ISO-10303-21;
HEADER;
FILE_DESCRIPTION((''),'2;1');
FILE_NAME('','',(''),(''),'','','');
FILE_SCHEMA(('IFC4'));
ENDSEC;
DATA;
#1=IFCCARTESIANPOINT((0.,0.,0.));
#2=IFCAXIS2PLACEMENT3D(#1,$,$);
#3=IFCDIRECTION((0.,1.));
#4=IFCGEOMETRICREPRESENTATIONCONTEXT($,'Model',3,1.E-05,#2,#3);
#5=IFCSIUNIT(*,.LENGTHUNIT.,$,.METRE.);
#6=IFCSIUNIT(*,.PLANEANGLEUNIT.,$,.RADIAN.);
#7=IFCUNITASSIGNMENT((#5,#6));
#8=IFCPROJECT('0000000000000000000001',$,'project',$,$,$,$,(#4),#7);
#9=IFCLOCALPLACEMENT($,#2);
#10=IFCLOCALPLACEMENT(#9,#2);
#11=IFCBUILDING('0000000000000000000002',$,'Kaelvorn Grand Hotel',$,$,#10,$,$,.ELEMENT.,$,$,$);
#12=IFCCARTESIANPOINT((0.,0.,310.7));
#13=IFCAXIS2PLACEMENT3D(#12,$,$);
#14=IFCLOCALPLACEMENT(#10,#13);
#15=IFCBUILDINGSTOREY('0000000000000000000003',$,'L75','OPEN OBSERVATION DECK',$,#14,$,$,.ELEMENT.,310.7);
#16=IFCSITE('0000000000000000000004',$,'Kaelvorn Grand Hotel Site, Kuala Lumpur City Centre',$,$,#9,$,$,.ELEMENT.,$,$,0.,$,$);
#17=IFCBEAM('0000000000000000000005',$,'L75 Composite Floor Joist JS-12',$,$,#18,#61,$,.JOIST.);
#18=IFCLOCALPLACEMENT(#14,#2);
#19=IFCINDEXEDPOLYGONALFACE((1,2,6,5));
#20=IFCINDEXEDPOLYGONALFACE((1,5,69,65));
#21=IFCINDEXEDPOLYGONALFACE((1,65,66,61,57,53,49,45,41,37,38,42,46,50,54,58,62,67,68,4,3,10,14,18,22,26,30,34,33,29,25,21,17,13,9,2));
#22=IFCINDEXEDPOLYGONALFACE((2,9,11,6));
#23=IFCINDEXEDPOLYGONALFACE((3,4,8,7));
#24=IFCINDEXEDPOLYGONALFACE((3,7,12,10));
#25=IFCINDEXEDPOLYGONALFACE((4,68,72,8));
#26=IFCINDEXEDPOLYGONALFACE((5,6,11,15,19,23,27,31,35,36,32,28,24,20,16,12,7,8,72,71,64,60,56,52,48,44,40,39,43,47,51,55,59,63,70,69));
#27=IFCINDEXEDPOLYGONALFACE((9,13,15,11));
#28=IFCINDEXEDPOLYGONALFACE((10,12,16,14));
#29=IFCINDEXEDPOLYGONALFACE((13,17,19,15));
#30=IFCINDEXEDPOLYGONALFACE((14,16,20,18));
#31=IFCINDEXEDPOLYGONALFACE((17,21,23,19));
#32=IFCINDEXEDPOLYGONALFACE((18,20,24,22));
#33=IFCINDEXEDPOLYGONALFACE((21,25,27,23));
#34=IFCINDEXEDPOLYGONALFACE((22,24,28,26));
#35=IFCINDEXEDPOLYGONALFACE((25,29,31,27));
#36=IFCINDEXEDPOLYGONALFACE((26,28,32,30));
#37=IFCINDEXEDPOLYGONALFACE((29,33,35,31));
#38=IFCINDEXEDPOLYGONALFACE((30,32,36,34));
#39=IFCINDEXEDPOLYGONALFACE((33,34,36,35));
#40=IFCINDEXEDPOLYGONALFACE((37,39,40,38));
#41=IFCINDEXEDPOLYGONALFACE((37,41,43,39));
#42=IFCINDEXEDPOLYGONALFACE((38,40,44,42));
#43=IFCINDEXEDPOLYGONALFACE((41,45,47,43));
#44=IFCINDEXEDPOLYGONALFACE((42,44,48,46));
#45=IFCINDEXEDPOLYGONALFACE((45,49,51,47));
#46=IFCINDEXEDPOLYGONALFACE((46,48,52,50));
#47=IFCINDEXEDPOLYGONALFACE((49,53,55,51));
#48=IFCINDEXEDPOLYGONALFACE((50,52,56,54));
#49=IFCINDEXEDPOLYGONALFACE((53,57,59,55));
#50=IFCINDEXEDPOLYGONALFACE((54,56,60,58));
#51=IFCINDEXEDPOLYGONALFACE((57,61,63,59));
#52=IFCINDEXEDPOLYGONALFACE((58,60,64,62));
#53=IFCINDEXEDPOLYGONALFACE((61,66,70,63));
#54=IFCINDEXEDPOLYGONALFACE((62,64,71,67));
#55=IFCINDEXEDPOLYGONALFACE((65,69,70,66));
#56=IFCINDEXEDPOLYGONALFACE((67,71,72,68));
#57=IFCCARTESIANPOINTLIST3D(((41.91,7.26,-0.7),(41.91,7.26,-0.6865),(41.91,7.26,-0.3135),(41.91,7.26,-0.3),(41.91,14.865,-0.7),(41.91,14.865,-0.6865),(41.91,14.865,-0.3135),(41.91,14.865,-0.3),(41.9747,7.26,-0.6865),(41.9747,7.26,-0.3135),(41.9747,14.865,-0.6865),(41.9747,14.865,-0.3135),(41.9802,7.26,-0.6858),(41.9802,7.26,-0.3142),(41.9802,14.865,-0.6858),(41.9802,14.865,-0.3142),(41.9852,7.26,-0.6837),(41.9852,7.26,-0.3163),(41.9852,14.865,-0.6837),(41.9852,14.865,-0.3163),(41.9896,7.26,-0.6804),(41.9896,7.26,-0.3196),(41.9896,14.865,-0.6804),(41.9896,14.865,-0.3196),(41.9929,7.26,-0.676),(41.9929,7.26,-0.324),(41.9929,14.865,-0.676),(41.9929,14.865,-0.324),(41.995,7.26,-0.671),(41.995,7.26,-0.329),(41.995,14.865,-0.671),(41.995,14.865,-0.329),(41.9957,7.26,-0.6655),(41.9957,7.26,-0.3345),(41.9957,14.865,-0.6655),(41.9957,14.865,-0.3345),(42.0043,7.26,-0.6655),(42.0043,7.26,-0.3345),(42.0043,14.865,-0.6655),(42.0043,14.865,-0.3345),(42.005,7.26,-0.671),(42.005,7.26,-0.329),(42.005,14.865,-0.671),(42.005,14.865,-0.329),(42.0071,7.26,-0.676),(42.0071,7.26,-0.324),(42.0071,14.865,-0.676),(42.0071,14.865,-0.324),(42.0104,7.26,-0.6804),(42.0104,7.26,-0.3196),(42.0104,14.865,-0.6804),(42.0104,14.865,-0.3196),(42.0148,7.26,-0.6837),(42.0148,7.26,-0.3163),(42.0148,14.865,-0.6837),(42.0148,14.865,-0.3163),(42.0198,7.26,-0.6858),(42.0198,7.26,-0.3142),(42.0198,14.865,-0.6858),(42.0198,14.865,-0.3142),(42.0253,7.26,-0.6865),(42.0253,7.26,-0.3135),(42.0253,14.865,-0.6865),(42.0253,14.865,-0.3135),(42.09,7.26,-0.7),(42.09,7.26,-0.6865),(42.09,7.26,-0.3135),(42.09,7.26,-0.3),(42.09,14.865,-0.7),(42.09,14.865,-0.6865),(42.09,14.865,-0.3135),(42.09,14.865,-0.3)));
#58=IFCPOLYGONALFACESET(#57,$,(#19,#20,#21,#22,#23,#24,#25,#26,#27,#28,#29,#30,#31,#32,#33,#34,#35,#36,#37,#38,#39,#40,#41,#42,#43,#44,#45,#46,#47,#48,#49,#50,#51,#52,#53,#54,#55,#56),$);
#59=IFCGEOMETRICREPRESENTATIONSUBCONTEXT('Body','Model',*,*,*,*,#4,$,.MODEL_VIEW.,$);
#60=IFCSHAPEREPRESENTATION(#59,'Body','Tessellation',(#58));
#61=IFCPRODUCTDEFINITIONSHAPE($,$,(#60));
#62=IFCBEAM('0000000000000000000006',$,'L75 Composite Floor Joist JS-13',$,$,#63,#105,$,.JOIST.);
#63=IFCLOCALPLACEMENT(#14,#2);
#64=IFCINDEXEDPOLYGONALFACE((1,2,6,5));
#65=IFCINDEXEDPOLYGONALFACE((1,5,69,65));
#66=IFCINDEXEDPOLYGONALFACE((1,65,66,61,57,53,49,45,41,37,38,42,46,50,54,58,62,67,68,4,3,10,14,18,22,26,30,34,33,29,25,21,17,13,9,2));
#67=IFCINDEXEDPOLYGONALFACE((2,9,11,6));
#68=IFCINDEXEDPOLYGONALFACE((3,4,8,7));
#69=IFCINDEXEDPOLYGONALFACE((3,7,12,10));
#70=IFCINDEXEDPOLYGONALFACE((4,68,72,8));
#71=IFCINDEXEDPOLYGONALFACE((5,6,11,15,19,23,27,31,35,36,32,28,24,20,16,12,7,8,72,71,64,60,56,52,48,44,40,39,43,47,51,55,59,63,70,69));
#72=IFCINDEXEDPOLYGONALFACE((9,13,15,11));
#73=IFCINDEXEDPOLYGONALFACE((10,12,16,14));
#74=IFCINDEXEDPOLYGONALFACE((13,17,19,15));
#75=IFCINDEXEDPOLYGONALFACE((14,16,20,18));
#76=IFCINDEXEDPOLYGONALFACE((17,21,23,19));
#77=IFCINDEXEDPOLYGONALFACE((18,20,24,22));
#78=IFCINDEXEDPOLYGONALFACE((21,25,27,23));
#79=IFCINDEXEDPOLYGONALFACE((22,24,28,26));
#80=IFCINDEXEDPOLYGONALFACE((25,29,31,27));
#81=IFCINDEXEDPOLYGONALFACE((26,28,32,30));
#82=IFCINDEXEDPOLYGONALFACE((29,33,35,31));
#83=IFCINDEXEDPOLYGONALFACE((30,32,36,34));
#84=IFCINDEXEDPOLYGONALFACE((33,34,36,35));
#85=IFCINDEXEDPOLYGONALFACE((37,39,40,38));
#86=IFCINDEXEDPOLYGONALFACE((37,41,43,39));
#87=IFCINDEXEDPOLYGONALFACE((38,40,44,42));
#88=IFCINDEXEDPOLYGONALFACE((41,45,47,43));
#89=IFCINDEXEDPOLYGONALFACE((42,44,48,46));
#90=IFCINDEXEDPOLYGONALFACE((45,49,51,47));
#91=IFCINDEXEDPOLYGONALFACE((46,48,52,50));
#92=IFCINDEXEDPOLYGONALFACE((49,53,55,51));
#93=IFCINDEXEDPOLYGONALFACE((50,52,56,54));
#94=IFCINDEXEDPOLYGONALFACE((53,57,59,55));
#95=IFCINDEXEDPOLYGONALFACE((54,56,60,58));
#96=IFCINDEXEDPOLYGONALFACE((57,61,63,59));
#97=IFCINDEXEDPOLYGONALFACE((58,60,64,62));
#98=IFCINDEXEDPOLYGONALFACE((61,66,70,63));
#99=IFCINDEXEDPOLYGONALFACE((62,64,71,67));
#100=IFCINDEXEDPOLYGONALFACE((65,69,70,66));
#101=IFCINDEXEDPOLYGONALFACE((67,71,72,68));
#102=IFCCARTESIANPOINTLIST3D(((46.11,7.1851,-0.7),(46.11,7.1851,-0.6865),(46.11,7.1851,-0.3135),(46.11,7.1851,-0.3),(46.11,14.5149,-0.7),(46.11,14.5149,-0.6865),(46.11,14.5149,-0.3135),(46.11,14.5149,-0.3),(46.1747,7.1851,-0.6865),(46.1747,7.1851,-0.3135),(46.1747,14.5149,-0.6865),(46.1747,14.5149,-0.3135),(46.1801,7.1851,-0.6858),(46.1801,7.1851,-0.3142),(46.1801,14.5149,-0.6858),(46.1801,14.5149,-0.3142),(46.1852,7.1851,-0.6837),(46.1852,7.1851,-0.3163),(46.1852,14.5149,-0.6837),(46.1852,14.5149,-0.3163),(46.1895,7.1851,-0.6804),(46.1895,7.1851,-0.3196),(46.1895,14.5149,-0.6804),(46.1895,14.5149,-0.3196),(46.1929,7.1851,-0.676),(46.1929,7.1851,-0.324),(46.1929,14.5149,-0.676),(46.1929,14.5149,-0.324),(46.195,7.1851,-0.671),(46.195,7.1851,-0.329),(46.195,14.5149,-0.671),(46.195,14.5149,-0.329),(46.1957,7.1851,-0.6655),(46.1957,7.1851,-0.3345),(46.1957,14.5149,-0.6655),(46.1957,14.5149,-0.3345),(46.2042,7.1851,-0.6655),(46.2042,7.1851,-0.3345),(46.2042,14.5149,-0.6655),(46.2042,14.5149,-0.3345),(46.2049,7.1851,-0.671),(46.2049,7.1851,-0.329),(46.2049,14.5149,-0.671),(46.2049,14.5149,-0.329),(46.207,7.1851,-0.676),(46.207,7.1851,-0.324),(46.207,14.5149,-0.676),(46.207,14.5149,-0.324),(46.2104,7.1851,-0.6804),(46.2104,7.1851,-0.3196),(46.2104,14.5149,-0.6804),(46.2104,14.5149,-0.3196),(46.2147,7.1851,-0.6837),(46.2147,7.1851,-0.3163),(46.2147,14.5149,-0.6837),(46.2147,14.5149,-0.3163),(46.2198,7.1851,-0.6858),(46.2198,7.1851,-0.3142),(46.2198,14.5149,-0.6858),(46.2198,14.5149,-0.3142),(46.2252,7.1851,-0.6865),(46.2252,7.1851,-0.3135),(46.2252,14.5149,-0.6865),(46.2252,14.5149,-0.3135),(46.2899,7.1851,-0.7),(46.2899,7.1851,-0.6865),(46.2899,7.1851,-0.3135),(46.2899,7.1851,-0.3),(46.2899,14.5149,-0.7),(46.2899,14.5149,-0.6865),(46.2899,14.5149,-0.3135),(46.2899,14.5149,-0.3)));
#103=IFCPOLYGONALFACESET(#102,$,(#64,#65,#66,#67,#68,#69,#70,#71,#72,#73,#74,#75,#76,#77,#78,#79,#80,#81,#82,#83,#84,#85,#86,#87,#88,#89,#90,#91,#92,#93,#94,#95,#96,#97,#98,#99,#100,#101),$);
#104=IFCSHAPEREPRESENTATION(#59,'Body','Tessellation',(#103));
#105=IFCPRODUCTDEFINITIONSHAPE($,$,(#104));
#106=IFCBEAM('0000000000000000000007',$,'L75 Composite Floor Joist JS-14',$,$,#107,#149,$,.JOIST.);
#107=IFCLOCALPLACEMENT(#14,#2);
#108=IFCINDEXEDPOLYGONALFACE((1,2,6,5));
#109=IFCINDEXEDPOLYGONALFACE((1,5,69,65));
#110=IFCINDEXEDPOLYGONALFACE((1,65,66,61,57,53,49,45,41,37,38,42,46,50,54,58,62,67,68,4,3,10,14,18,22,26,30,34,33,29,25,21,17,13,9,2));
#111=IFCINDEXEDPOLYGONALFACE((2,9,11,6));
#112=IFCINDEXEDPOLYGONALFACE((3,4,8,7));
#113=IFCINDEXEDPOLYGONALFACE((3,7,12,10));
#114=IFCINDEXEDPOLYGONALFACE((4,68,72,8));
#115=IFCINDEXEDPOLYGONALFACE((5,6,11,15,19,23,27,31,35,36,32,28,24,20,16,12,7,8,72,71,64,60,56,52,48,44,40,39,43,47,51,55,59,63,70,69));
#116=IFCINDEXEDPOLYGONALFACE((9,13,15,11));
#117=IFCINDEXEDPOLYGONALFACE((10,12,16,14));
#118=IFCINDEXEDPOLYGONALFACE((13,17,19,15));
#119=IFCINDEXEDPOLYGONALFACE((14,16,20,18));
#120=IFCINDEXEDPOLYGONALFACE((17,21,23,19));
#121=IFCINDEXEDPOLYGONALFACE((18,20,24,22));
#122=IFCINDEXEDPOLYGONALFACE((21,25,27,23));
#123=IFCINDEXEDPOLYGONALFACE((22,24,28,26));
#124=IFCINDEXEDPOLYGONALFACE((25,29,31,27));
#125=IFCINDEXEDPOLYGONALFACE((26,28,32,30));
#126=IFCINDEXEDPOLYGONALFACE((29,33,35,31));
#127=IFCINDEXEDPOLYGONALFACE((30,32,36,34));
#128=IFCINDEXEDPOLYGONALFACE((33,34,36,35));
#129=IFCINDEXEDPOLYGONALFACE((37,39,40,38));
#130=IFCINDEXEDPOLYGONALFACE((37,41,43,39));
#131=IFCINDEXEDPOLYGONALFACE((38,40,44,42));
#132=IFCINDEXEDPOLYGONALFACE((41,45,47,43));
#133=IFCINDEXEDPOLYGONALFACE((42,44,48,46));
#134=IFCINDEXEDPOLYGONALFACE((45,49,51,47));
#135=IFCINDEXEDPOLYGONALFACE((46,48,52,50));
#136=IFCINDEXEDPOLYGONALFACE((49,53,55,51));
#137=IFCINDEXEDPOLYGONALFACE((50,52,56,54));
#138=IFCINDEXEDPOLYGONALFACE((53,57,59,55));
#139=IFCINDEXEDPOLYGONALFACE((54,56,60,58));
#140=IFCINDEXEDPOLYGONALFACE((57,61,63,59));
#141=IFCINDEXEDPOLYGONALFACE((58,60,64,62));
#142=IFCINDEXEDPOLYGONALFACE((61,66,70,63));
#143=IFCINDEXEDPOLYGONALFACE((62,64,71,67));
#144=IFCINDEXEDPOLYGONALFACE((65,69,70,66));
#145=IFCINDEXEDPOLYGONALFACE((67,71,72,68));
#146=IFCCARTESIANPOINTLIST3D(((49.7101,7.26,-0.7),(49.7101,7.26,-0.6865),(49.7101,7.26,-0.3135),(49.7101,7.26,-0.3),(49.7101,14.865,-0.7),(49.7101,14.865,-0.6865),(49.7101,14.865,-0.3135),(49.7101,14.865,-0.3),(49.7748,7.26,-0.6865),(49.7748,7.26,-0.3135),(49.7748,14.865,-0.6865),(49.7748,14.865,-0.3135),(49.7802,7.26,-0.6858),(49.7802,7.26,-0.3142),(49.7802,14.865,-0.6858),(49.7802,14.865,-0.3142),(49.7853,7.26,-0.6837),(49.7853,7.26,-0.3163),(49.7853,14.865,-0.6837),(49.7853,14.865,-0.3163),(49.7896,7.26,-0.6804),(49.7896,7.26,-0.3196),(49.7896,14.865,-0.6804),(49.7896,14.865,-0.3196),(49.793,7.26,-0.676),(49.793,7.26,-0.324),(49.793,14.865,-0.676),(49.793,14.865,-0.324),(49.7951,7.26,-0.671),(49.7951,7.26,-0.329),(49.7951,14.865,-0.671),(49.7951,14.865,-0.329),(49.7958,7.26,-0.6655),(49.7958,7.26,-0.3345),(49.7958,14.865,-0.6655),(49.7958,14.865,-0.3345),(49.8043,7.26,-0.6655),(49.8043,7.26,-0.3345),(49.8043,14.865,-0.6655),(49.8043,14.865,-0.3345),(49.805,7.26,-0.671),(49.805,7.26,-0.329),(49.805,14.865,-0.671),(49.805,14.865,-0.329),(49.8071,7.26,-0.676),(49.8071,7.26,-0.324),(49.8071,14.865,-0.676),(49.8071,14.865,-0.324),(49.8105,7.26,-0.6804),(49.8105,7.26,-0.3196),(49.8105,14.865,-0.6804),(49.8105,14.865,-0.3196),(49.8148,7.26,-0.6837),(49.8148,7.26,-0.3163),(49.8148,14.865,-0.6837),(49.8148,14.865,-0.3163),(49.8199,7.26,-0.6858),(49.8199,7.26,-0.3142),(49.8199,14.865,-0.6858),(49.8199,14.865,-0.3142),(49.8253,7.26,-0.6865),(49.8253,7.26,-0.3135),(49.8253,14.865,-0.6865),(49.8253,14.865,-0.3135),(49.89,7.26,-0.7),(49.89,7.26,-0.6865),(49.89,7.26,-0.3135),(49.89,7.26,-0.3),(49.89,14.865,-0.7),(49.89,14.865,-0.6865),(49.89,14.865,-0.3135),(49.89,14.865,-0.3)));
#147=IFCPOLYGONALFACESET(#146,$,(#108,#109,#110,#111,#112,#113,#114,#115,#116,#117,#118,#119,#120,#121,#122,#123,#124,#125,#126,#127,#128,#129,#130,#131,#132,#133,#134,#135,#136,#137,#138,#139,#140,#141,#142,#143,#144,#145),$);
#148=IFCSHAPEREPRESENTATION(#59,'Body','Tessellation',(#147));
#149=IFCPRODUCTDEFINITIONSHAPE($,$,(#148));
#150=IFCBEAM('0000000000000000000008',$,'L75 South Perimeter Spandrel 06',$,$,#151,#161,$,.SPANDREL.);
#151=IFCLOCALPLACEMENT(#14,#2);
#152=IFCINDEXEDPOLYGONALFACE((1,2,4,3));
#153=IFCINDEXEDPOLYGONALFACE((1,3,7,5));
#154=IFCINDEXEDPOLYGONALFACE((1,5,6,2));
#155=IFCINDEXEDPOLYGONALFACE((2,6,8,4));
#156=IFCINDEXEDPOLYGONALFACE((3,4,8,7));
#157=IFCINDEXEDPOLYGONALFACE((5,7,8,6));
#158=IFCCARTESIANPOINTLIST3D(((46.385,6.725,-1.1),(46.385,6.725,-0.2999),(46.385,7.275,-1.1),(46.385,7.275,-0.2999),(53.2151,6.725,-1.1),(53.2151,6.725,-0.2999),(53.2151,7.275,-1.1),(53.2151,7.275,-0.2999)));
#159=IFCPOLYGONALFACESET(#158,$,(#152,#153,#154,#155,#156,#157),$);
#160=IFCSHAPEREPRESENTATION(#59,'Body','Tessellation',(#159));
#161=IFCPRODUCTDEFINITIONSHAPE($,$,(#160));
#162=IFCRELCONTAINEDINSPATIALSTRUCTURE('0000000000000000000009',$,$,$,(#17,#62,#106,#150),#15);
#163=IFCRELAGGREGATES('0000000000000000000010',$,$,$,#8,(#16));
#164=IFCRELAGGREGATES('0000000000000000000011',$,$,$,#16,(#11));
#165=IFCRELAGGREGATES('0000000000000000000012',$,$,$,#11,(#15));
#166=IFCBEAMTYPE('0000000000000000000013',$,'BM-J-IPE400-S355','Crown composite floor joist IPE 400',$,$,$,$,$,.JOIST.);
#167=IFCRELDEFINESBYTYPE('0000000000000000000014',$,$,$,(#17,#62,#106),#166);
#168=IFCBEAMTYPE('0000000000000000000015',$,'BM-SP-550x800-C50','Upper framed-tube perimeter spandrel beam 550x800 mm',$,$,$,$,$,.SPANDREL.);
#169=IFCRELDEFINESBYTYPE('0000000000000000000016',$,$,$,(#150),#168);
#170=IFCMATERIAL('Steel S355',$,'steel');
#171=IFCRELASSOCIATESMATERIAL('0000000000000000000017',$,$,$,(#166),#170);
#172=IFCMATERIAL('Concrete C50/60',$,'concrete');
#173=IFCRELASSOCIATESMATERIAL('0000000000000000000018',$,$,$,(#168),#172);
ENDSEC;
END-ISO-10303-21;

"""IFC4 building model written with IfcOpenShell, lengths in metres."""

from ifc_helpers import new_model, si_unit, direction, frame, origin, origin_2d, place, context, subcontext, project, spatial, rectangle, i_section, extrude, material, material_profile, profile_set, type_object, element, save


model = new_model("IFC4")

# Units and contexts
model_context = context("Model", 3, precision=1e-05, world=origin(), true_north=direction((0.0, 1.0)))
body_context = subcontext(model_context, "Body", "Model", "MODEL_VIEW")
ifc_project = project(units=[si_unit("LENGTHUNIT", "METRE"), si_unit("PLANEANGLEUNIT", "RADIAN")], contexts=[model_context])

# Site, building, storey
site_placement = place(None, origin())
site = spatial("IfcSite", under=ifc_project, at=site_placement, Name="Kaelvorn Grand Hotel Site, Kuala Lumpur City Centre", CompositionType="ELEMENT", RefElevation=0.0)
building_placement = place(site_placement, origin())
building = spatial("IfcBuilding", under=site, at=building_placement, Name="Kaelvorn Grand Hotel", CompositionType="ELEMENT")
storey_placement = place(building_placement, frame((0.0, 0.0, 310.7)))
storey = spatial("IfcBuildingStorey", under=building, at=storey_placement, Name="L75", Description="OPEN OBSERVATION DECK", CompositionType="ELEMENT", Elevation=310.7)

# Shared definitions
ifc_material_1 = material(Name="Steel S355", Category="steel")

# Beams
ifc_material_profile_1 = material_profile(ifc_material_1, i_section(OverallWidth=0.1799, OverallDepth=0.3999, WebThickness=0.0085, FlangeThickness=0.0134, FilletRadius=0.021, at=origin_2d()), Name="IPE 400")
ifc_profile_set_1 = profile_set([ifc_material_profile_1], Name="Steel S355")
beam_type_1 = type_object("IfcBeamType", Name="BM-J-IPE400-S355", Description="Crown composite floor joist IPE 400", PredefinedType="JOIST", material=ifc_profile_set_1)
beam_1_placement = place(storey_placement, frame((42.0, 7.26, -0.5), z_axis=(0.0, 1.0, 0.0), x_axis=(-1.0, 0.0, 0.0)))
element("IfcBeam", 1, at=beam_1_placement, inside=storey, type_object=beam_type_1, Name="L75 Composite Floor Joist JS-12", PredefinedType="JOIST", context=body_context, shape_type="SweptSolid", body=[
    extrude(i_section(OverallWidth=0.1799, OverallDepth=0.3999, WebThickness=0.0085, FlangeThickness=0.0134, FilletRadius=0.021, at=origin_2d()), origin(), (0.0, 0.0, 1.0), 7.605),
])
beam_2_placement = place(storey_placement, frame((46.2, 7.1851, -0.5), z_axis=(0.0, 1.0, 0.0), x_axis=(-1.0, 0.0, 0.0)))
element("IfcBeam", 2, at=beam_2_placement, inside=storey, type_object=beam_type_1, Name="L75 Composite Floor Joist JS-13", PredefinedType="JOIST", context=body_context, shape_type="SweptSolid", body=[
    extrude(i_section(OverallWidth=0.1799, OverallDepth=0.3999, WebThickness=0.0085, FlangeThickness=0.0134, FilletRadius=0.021, at=origin_2d()), origin(), (0.0, 0.0, 1.0), 7.3298),
])
beam_3_placement = place(storey_placement, frame((49.8, 7.26, -0.5), z_axis=(0.0, 1.0, 0.0), x_axis=(-1.0, 0.0, 0.0)))
element("IfcBeam", 3, at=beam_3_placement, inside=storey, type_object=beam_type_1, Name="L75 Composite Floor Joist JS-14", PredefinedType="JOIST", context=body_context, shape_type="SweptSolid", body=[
    extrude(i_section(OverallWidth=0.1799, OverallDepth=0.3999, WebThickness=0.0085, FlangeThickness=0.0134, FilletRadius=0.021, at=origin_2d()), origin(), (0.0, 0.0, 1.0), 7.605),
])
ifc_material_2 = material(Name="Concrete C50/60", Category="concrete")
ifc_material_profile_2 = material_profile(ifc_material_2, rectangle(XDim=0.55, YDim=0.8, at=origin_2d()), Name="RC SPANDREL 550x800")
ifc_profile_set_2 = profile_set([ifc_material_profile_2], Name="Concrete C50/60")
beam_type_2 = type_object("IfcBeamType", Name="BM-SP-550x800-C50", Description="Upper framed-tube perimeter spandrel beam 550x800 mm", PredefinedType="SPANDREL", material=ifc_profile_set_2)
beam_4_placement = place(storey_placement, frame((46.385, 7.0, -0.7), z_axis=(1.0, 0.0, 0.0), x_axis=(0.0, 1.0, 0.0)))
element("IfcBeam", 4, at=beam_4_placement, inside=storey, type_object=beam_type_2, Name="L75 South Perimeter Spandrel 06", PredefinedType="SPANDREL", context=body_context, shape_type="SweptSolid", body=[
    extrude(rectangle(XDim=0.55, YDim=0.8, at=origin_2d()), origin(), (0.0, 0.0, 1.0), 6.8301),
])

save(model, "model.ifc")
